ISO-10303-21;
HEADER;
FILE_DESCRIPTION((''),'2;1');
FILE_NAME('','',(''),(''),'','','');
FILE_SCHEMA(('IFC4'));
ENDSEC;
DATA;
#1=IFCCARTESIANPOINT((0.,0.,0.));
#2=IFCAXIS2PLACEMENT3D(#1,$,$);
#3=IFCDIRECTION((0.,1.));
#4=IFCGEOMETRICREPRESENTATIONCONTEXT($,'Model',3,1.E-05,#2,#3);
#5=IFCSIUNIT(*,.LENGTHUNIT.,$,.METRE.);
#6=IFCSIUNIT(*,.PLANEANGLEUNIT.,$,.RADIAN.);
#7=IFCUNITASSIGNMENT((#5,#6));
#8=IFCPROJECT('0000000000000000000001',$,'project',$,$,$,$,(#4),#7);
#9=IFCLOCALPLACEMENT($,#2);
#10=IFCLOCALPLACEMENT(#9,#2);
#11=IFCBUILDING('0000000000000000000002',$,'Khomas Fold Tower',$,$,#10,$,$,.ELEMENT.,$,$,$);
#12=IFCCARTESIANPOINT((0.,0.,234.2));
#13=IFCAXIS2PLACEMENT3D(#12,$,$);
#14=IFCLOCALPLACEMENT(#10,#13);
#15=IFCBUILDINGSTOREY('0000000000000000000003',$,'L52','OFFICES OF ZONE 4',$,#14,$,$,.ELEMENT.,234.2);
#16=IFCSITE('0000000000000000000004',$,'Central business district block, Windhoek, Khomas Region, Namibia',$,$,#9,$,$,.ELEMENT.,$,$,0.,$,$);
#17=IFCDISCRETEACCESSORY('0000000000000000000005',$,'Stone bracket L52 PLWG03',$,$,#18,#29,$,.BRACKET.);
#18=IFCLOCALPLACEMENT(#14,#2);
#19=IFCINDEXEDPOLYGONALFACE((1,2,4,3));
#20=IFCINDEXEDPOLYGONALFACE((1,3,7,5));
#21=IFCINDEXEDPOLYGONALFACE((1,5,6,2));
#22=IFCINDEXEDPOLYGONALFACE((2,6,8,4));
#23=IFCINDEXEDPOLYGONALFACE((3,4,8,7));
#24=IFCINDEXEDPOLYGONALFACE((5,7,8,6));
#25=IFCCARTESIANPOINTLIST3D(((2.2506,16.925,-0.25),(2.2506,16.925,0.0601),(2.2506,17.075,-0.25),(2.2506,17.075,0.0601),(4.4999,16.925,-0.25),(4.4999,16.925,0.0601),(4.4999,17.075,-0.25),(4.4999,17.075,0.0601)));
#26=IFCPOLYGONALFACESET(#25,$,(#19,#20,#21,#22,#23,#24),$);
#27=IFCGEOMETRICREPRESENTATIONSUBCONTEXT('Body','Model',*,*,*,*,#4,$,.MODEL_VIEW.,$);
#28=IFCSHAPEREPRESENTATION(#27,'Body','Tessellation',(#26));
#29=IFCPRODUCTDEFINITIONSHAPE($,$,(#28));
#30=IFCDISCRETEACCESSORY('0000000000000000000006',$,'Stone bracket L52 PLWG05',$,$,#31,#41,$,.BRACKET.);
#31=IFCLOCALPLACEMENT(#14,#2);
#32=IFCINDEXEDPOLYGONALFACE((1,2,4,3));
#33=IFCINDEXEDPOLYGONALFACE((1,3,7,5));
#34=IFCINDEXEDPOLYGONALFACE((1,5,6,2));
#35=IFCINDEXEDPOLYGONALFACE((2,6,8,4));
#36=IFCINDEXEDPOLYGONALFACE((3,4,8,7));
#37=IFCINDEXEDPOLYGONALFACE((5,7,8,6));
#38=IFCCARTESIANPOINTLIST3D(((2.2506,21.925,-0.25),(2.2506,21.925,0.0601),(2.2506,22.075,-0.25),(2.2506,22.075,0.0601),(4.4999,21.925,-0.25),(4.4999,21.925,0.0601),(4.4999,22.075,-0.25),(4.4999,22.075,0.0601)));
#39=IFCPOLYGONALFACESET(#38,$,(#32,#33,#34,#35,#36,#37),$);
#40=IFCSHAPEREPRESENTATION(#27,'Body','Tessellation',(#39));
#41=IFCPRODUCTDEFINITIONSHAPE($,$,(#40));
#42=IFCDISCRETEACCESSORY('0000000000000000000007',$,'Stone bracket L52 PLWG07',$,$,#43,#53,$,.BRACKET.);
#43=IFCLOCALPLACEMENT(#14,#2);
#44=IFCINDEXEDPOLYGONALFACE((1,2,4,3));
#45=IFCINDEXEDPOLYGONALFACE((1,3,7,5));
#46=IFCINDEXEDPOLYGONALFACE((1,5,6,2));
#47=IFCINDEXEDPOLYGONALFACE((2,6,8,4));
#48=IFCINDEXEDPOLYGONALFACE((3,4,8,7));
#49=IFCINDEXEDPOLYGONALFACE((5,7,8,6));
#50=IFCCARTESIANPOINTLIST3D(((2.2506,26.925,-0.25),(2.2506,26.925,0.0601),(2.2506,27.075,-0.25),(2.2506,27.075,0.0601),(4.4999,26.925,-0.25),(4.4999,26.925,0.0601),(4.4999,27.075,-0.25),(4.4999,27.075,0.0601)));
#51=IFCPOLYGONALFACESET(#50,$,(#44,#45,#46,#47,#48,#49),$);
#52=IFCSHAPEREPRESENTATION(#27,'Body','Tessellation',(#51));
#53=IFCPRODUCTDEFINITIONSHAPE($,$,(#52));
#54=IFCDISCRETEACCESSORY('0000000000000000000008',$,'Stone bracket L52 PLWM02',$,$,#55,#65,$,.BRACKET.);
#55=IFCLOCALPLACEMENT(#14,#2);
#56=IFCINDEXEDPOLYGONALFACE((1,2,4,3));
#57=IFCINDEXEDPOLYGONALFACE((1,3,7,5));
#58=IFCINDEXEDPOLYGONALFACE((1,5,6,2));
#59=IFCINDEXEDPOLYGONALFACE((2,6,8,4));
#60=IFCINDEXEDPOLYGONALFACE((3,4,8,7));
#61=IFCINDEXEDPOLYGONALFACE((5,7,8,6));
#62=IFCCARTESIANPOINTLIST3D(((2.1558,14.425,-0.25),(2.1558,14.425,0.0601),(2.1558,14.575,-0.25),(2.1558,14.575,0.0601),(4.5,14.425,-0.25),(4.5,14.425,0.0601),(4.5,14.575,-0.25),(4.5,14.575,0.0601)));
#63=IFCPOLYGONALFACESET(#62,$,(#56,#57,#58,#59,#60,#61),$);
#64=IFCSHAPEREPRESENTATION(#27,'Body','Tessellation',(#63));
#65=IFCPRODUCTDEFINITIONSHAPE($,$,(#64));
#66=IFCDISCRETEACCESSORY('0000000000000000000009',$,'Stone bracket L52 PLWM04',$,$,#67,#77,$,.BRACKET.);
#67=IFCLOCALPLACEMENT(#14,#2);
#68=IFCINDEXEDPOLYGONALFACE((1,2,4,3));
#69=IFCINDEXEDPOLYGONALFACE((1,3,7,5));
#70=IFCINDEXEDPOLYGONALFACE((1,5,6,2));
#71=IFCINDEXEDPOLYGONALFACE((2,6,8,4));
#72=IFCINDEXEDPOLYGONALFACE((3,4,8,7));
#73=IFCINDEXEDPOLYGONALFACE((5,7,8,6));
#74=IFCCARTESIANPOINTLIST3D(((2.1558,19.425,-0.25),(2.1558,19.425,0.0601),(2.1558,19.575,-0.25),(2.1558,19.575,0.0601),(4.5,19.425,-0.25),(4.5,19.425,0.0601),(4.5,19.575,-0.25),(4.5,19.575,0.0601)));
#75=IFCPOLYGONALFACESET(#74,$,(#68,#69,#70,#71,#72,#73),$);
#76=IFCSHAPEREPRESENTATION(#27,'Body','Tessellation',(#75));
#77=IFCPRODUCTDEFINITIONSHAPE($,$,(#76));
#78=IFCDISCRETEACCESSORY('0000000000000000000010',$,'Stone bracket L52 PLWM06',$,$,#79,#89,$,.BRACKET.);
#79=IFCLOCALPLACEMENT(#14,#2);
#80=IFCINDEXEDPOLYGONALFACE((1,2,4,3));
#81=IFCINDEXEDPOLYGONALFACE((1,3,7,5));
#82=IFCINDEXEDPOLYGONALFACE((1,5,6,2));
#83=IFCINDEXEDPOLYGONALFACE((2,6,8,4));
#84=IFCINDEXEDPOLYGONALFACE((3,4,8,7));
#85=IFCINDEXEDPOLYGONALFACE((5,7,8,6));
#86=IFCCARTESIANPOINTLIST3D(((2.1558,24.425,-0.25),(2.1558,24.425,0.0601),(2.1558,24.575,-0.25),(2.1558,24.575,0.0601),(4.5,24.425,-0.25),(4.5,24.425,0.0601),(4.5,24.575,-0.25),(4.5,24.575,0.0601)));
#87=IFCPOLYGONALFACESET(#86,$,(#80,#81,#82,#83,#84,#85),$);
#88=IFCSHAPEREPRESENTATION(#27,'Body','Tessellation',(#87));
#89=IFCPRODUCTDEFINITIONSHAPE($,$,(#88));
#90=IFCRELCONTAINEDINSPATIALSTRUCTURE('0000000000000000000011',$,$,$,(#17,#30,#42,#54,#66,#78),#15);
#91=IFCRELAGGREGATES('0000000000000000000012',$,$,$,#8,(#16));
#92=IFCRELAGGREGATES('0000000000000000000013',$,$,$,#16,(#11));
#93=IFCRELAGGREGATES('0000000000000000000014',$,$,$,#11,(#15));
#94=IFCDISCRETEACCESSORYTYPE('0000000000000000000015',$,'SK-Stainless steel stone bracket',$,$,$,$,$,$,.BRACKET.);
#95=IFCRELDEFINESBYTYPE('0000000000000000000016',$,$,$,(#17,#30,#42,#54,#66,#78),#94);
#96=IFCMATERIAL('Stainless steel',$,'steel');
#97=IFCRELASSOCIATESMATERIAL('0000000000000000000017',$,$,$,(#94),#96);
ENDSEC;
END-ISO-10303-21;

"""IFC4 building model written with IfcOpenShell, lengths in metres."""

from ifc_helpers import new_model, si_unit, direction, frame, origin, origin_2d, place, context, subcontext, project, spatial, rectangle, extrude, source, transform, mapped, material, type_object, element, save


model = new_model("IFC4")

# Units and contexts
model_context = context("Model", 3, precision=1e-05, world=origin(), true_north=direction((0.0, 1.0)))
body_context = subcontext(model_context, "Body", "Model", "MODEL_VIEW")
ifc_project = project(units=[si_unit("LENGTHUNIT", "METRE"), si_unit("PLANEANGLEUNIT", "RADIAN")], contexts=[model_context])

# Site, building, storey
site_placement = place(None, origin())
site = spatial("IfcSite", under=ifc_project, at=site_placement, Name="Central business district block, Windhoek, Khomas Region, Namibia", CompositionType="ELEMENT", RefElevation=0.0)
building_placement = place(site_placement, origin())
building = spatial("IfcBuilding", under=site, at=building_placement, Name="Khomas Fold Tower", CompositionType="ELEMENT")
storey_placement = place(building_placement, frame((0.0, 0.0, 234.2)))
storey = spatial("IfcBuildingStorey", under=building, at=storey_placement, Name="L52", Description="OFFICES OF ZONE 4", CompositionType="ELEMENT", Elevation=234.2)

# Discrete accessories
ifc_material_1 = material(Name="Stainless steel", Category="steel")
discrete_accessory_type = type_object("IfcDiscreteAccessoryType", Name="SK-Stainless steel stone bracket", PredefinedType="BRACKET", material=ifc_material_1)
shared_shape_1 = source(origin(), body_context, "Body", "SweptSolid", [
    extrude(rectangle(XDim=2.2493, YDim=0.1499, at=origin_2d()), origin(), (0.0, 0.0, 1.0), 0.3101),
])
for number, where, z_axis, x_axis, name in (
    (1, (3.3752, 17.0, -0.25), (0.0, 0.0, 1.0), (-1.0, 0.0, 0.0), "Stone bracket L52 PLWG03"),
    (2, (3.3752, 22.0, -0.25), (0.0, 0.0, 1.0), (-1.0, 0.0, 0.0), "Stone bracket L52 PLWG05"),
    (3, (3.3752, 27.0, -0.25), (0.0, 0.0, 1.0), (-1.0, 0.0, 0.0), "Stone bracket L52 PLWG07"),
):
    element("IfcDiscreteAccessory", number, at=place(storey_placement, frame(where, z_axis=z_axis, x_axis=x_axis)), inside=storey, type_object=discrete_accessory_type, Name=name, PredefinedType="BRACKET", context=body_context, shape_type="MappedRepresentation", body=[
        mapped(shared_shape_1, transform((0.0, 0.0, 0.0))),
    ])
shared_shape_2 = source(origin(), body_context, "Body", "SweptSolid", [
    extrude(rectangle(XDim=2.3442, YDim=0.1499, at=origin_2d()), origin(), (0.0, 0.0, 1.0), 0.3101),
])
for number, where, z_axis, x_axis, name in (
    (4, (3.3279, 14.5, -0.25), (0.0, 0.0, 1.0), (-1.0, 0.0, 0.0), "Stone bracket L52 PLWM02"),
    (5, (3.3279, 19.5, -0.25), (0.0, 0.0, 1.0), (-1.0, 0.0, 0.0), "Stone bracket L52 PLWM04"),
    (6, (3.3279, 24.5, -0.25), (0.0, 0.0, 1.0), (-1.0, 0.0, 0.0), "Stone bracket L52 PLWM06"),
):
    element("IfcDiscreteAccessory", number, at=place(storey_placement, frame(where, z_axis=z_axis, x_axis=x_axis)), inside=storey, type_object=discrete_accessory_type, Name=name, PredefinedType="BRACKET", context=body_context, shape_type="MappedRepresentation", body=[
        mapped(shared_shape_2, transform((0.0, 0.0, 0.0))),
    ])

save(model, "model.ifc")
